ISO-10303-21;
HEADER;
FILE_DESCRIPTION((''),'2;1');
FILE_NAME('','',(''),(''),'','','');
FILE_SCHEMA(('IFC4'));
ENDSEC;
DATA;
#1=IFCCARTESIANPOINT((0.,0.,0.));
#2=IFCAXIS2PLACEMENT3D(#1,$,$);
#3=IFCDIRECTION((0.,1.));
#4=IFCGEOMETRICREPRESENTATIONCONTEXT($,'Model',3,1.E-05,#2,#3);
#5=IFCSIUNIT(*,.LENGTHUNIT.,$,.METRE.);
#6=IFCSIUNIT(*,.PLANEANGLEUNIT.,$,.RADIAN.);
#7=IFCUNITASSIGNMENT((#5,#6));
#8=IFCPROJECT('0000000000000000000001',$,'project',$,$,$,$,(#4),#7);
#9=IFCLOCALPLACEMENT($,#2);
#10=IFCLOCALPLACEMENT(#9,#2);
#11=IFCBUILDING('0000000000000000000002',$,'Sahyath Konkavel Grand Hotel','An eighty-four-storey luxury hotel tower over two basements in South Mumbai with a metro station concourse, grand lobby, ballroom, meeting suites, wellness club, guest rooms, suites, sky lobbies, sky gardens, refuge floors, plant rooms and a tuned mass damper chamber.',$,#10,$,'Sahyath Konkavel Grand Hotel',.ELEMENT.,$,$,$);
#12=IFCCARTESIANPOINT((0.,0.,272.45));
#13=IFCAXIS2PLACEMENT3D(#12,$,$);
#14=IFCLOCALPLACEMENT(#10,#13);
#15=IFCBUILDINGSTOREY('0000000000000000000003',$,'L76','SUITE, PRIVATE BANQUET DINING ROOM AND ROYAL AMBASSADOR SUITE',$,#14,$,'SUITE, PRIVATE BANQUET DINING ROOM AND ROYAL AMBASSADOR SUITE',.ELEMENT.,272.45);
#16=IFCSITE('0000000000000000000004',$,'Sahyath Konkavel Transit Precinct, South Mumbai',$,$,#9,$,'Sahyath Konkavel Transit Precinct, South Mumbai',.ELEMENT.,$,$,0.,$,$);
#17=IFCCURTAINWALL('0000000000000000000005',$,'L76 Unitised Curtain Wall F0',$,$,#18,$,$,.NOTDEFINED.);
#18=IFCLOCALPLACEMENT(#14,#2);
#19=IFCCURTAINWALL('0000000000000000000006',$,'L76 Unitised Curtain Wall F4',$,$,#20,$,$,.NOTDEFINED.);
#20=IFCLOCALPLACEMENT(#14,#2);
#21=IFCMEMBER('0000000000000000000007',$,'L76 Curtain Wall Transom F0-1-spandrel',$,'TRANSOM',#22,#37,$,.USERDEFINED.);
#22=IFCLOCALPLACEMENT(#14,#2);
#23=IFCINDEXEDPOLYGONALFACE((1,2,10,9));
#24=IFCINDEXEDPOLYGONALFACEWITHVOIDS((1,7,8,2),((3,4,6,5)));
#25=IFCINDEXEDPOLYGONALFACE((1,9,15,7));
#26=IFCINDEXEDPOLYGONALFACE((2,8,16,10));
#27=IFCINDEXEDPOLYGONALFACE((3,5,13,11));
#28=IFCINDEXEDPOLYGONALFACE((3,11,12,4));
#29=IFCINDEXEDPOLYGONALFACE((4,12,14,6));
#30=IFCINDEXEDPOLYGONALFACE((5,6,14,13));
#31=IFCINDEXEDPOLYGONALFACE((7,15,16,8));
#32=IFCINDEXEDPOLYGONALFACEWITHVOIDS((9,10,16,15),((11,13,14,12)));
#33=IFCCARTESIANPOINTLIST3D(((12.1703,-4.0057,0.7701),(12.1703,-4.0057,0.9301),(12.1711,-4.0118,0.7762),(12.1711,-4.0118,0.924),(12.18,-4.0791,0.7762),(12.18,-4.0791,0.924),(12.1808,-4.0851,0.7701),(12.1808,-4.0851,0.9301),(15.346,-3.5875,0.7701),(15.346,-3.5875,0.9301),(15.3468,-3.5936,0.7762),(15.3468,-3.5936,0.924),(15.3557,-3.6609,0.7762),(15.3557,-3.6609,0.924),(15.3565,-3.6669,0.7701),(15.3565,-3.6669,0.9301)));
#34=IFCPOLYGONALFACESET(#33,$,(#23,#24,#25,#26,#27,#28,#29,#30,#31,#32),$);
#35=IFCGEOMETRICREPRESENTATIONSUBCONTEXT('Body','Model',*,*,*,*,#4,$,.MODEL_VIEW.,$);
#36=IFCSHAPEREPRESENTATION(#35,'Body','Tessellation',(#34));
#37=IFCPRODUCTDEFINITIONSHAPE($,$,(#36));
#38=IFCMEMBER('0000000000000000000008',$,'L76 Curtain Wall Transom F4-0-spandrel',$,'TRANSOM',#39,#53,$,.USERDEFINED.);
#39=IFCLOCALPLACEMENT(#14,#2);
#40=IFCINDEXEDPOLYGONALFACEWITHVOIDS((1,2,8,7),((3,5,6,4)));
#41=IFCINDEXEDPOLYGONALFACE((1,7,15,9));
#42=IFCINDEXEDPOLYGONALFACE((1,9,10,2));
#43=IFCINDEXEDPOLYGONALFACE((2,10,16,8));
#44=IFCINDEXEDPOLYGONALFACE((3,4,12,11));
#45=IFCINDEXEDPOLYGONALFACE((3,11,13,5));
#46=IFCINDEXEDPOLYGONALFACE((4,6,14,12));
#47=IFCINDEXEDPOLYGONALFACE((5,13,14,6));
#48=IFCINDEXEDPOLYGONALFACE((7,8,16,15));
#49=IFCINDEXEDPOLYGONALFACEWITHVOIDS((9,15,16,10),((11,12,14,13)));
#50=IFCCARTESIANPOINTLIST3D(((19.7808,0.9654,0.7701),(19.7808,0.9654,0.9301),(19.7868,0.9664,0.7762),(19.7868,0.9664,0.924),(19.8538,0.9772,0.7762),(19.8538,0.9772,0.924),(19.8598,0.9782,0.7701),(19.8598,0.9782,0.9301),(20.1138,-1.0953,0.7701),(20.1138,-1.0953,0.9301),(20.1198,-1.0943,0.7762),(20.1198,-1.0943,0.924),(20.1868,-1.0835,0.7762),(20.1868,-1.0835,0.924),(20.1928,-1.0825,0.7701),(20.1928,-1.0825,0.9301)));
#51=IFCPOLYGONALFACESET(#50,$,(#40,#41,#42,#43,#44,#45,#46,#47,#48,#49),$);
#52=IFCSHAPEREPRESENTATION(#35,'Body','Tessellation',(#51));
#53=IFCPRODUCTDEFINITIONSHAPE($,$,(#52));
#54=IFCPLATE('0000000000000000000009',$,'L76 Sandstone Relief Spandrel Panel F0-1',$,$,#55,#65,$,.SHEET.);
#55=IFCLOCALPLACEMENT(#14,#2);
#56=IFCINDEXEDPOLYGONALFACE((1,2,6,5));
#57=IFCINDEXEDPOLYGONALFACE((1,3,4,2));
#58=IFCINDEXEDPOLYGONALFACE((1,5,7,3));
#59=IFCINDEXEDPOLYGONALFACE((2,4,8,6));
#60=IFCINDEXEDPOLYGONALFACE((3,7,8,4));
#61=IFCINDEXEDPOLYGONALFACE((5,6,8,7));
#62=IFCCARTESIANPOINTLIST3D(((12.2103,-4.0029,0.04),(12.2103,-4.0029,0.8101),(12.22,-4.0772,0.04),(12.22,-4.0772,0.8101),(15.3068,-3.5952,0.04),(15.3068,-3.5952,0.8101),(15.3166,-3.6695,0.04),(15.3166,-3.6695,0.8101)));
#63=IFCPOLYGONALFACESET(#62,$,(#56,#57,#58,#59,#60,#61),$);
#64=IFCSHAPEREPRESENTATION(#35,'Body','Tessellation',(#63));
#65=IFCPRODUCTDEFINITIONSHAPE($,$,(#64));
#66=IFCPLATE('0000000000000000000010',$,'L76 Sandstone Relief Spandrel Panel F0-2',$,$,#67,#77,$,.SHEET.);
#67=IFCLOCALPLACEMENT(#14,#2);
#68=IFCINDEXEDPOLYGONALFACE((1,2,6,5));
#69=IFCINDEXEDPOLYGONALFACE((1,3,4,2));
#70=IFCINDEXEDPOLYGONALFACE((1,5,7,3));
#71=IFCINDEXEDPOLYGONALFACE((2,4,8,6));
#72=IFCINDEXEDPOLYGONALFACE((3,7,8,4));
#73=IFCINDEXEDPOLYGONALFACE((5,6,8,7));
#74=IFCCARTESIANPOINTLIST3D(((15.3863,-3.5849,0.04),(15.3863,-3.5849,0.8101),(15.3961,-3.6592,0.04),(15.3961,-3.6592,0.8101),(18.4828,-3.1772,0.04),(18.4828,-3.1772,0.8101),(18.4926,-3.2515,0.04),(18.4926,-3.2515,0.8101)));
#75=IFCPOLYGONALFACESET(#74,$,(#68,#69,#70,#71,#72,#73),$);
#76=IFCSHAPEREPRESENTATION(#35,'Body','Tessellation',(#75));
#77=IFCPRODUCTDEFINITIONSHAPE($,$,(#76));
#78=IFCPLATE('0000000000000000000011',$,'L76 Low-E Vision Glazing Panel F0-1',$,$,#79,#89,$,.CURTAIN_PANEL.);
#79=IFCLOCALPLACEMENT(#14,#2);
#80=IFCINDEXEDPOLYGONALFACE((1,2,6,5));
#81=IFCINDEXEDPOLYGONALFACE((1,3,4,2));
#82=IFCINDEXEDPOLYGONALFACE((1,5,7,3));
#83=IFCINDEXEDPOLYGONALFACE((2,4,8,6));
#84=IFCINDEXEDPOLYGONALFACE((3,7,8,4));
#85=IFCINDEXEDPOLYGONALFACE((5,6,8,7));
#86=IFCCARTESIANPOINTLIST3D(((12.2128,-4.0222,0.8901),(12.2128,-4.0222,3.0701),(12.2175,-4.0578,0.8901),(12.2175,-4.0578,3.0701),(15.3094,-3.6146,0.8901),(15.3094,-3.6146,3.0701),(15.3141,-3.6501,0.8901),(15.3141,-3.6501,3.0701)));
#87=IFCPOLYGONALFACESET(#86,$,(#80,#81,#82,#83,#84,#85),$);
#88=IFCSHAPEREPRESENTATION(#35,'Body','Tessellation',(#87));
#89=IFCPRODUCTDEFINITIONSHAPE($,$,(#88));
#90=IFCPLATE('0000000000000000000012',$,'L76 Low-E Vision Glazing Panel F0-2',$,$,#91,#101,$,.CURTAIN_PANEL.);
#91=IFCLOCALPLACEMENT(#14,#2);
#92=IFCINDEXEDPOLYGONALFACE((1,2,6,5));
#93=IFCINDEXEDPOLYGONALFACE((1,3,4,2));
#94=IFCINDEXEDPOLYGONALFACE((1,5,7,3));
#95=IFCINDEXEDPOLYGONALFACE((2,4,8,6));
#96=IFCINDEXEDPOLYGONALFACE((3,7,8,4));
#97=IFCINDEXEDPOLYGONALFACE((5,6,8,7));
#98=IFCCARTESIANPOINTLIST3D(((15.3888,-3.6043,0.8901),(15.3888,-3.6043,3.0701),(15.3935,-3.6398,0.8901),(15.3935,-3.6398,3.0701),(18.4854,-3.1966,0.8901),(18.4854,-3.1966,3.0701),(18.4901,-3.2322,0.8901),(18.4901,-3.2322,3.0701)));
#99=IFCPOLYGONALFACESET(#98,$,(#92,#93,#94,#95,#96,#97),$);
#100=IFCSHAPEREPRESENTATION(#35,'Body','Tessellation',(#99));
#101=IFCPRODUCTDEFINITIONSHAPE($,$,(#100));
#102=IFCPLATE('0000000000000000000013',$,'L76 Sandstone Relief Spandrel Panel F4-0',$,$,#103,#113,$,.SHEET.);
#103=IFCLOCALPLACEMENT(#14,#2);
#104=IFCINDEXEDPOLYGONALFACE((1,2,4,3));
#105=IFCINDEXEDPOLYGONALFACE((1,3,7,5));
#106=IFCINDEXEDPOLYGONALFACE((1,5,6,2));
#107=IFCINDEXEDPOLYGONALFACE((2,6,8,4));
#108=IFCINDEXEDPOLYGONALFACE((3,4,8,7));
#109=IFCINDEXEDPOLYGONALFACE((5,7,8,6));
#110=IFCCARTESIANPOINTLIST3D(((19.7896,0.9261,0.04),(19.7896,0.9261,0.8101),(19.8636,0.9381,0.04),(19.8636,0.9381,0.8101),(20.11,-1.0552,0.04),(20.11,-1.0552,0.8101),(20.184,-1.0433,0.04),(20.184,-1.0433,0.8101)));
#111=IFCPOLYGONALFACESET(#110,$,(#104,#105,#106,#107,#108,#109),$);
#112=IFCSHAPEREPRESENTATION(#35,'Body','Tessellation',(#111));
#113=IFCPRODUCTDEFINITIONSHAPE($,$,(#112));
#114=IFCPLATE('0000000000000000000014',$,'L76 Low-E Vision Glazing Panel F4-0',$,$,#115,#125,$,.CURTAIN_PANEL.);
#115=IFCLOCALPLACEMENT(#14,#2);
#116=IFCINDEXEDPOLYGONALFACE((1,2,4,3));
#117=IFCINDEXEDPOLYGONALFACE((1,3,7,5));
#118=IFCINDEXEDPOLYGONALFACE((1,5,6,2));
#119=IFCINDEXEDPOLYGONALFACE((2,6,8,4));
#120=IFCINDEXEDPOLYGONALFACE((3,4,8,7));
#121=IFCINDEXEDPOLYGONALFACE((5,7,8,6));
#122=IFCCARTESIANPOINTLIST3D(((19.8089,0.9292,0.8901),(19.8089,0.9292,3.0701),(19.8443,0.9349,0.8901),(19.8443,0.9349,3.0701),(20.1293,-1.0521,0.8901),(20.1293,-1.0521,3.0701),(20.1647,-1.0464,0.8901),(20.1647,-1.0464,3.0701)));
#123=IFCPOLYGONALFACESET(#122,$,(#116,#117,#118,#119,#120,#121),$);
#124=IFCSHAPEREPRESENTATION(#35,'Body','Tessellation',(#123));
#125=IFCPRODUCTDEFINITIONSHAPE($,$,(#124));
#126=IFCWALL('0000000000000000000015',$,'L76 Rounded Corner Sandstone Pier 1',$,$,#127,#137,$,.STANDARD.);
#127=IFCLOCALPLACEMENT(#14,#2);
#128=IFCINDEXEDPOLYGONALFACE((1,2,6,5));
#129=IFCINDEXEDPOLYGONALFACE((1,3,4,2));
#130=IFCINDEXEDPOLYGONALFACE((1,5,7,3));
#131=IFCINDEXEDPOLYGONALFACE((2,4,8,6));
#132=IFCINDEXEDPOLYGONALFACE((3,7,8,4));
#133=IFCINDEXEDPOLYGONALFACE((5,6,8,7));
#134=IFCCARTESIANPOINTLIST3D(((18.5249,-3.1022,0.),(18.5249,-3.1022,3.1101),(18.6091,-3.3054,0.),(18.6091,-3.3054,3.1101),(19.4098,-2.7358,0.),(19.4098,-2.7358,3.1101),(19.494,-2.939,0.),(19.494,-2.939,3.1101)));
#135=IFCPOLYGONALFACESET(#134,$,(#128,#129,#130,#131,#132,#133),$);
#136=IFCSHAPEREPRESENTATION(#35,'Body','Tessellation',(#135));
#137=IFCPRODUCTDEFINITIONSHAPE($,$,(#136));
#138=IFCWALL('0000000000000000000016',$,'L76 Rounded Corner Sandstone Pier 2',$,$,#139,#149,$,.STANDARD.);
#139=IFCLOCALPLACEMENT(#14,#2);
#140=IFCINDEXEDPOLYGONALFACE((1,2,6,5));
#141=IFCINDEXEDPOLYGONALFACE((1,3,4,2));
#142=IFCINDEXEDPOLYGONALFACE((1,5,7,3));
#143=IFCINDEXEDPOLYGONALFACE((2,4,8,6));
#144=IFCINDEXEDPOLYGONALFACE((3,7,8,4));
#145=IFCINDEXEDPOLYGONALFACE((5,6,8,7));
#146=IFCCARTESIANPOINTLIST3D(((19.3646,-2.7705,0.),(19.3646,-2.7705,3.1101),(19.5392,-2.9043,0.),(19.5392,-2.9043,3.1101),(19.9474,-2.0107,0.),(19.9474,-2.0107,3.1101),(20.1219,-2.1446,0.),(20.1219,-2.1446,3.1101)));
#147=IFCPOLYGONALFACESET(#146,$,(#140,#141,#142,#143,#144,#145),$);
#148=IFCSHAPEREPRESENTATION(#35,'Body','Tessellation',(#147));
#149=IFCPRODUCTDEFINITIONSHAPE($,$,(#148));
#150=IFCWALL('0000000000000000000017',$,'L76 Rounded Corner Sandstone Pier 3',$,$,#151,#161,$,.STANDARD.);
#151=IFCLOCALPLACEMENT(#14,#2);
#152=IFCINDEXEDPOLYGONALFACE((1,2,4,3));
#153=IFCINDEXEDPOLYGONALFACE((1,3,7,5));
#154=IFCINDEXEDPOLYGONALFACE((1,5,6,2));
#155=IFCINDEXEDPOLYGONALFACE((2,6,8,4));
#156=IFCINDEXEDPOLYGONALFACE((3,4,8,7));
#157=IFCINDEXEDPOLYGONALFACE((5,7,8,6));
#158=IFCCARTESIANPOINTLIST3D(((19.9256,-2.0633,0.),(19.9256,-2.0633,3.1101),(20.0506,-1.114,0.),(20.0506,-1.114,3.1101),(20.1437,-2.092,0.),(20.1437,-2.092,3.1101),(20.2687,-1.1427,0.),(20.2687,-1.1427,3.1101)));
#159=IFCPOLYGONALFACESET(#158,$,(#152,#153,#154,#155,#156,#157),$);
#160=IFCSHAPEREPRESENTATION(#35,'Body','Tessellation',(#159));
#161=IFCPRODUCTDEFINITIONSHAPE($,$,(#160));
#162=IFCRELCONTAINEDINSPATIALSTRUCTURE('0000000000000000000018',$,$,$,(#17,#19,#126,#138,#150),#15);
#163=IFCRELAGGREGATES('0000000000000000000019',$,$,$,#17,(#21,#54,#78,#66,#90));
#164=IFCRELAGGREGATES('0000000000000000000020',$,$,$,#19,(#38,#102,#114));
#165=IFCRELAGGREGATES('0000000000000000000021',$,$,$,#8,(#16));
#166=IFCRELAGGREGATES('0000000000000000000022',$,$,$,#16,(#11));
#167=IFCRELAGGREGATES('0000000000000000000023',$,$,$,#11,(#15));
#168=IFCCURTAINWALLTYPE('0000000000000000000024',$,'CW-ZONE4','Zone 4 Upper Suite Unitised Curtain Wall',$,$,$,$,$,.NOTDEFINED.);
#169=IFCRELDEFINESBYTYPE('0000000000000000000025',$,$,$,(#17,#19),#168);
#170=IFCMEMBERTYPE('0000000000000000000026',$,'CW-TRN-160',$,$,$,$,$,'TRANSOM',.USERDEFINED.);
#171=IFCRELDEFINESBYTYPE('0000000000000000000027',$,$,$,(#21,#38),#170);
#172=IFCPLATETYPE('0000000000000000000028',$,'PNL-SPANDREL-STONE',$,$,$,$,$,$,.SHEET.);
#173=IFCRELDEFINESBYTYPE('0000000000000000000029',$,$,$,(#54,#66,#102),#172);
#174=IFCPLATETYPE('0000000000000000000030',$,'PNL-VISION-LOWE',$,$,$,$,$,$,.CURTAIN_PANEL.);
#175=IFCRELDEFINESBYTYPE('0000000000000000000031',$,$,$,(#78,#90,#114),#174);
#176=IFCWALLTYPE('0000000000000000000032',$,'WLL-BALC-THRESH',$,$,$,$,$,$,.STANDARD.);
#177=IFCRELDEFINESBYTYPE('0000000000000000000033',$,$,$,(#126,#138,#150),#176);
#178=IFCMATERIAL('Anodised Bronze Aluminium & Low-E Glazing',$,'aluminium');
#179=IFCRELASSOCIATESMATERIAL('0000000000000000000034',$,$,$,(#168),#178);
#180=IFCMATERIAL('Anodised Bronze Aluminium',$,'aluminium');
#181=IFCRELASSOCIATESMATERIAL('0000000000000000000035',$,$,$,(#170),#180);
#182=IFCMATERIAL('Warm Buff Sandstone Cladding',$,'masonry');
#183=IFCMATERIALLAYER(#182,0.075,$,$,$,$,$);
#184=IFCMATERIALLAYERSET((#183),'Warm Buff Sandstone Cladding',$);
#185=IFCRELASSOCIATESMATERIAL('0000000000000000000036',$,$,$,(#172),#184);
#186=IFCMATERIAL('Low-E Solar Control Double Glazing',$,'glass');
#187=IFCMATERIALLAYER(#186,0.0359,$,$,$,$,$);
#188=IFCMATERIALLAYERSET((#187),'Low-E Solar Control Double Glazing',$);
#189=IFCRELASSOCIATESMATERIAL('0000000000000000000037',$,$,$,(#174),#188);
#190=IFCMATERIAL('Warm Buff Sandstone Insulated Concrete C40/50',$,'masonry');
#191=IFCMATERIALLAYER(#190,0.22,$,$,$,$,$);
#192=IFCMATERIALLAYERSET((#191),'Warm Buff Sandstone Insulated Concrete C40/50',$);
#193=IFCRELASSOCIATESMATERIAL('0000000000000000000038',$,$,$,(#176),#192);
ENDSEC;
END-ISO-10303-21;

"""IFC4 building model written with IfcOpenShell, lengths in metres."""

from ifc_helpers import new_model, si_unit, direction, frame, frame_2d, origin, origin_2d, place, context, subcontext, project, spatial, rectangle, hollow_rectangle, extrude, source, transform, mapped, material, layer, layer_set, material_profile, profile_set, type_object, element, aggregate, save


model = new_model("IFC4")

# Units and contexts
model_context = context("Model", 3, precision=1e-05, world=origin(), true_north=direction((0.0, 1.0)))
body_context = subcontext(model_context, "Body", "Model", "MODEL_VIEW")
ifc_project = project(units=[si_unit("LENGTHUNIT", "METRE"), si_unit("PLANEANGLEUNIT", "RADIAN")], contexts=[model_context])

# Site, building, storey
site_placement = place(None, origin())
site = spatial("IfcSite", under=ifc_project, at=site_placement, Name="Sahyath Konkavel Transit Precinct, South Mumbai", LongName="Sahyath Konkavel Transit Precinct, South Mumbai", CompositionType="ELEMENT", RefElevation=0.0)
building_placement = place(site_placement, origin())
building = spatial("IfcBuilding", under=site, at=building_placement, Name="Sahyath Konkavel Grand Hotel", Description="An eighty-four-storey luxury hotel tower over two basements in South Mumbai with a metro station concourse, grand lobby, ballroom, meeting suites, wellness club, guest rooms, suites, sky lobbies, sky gardens, refuge floors, plant rooms and a tuned mass damper chamber.", LongName="Sahyath Konkavel Grand Hotel", CompositionType="ELEMENT")
storey_placement = place(building_placement, frame((0.0, 0.0, 272.45)))
storey = spatial("IfcBuildingStorey", under=building, at=storey_placement, Name="L76", Description="SUITE, PRIVATE BANQUET DINING ROOM AND ROYAL AMBASSADOR SUITE", LongName="SUITE, PRIVATE BANQUET DINING ROOM AND ROYAL AMBASSADOR SUITE", CompositionType="ELEMENT", Elevation=272.45)

# Curtain wall
ifc_material_1 = material(Name="Anodised Bronze Aluminium & Low-E Glazing", Category="aluminium")
curtain_wall_type = type_object("IfcCurtainWallType", Name="CW-ZONE4", Description="Zone 4 Upper Suite Unitised Curtain Wall", PredefinedType="NOTDEFINED", material=ifc_material_1)
curtain_wall_1_placement = place(storey_placement, origin())
curtain_wall_1 = element("IfcCurtainWall", 1, at=curtain_wall_1_placement, inside=storey, type_object=curtain_wall_type, Name="L76 Unitised Curtain Wall F0", PredefinedType="NOTDEFINED")
ifc_material_2 = material(Name="Anodised Bronze Aluminium", Category="aluminium")

# Curtain wall
curtain_wall_2_placement = place(storey_placement, origin())
curtain_wall_2 = element("IfcCurtainWall", 2, at=curtain_wall_2_placement, inside=storey, type_object=curtain_wall_type, Name="L76 Unitised Curtain Wall F4", PredefinedType="NOTDEFINED")

# Members
ifc_material_profile_1 = material_profile(ifc_material_2, hollow_rectangle(XDim=0.0801, YDim=0.1599, WallThickness=0.0061, at=origin_2d()), Name="RHS 160x80x6")
ifc_profile_set_1 = profile_set([ifc_material_profile_1], Name="Anodised Bronze Aluminium")
member_type_1 = type_object("IfcMemberType", Name="CW-TRN-160", ElementType="TRANSOM", PredefinedType="USERDEFINED", material=ifc_profile_set_1)
shared_shape_1 = source(origin(), body_context, "Body", "SweptSolid", [
    extrude(hollow_rectangle(XDim=0.0801, YDim=0.1599, WallThickness=0.0061, at=origin_2d()), origin(), (0.0, 0.0, 1.0), 3.2031),
])
member_1_placement = place(storey_placement, frame((12.1755, -4.0454, 0.8501), z_axis=(0.99144, 0.130561, 0.0), x_axis=(-0.130561, 0.99144, 0.0)))
member_1 = element("IfcMember", 3, at=member_1_placement, type_object=member_type_1, Name="L76 Curtain Wall Transom F0-1-spandrel", ObjectType="TRANSOM", PredefinedType="USERDEFINED", context=body_context, shape_type="MappedRepresentation", body=[
    mapped(shared_shape_1, transform((0.0, 0.0, 0.0), scale=1.0)),
])
shared_shape_2 = source(origin(), body_context, "Body", "SweptSolid", [
    extrude(hollow_rectangle(XDim=0.0801, YDim=0.1599, WallThickness=0.0061, at=origin_2d()), origin(), (0.0, 0.0, 1.0), 2.0874),
])
member_2_placement = place(storey_placement, frame((20.1533, -1.0889, 0.8501), z_axis=(-0.159541, 0.987191, 0.0), x_axis=(-0.987191, -0.159541, 0.0)))
member_2 = element("IfcMember", 4, at=member_2_placement, type_object=member_type_1, Name="L76 Curtain Wall Transom F4-0-spandrel", ObjectType="TRANSOM", PredefinedType="USERDEFINED", context=body_context, shape_type="MappedRepresentation", body=[
    mapped(shared_shape_2, transform((0.0, 0.0, 0.0), scale=1.0)),
])

# Plates
ifc_material_3 = material(Name="Warm Buff Sandstone Cladding", Category="masonry")
ifc_layer_1 = layer(ifc_material_3, 0.075)
ifc_layer_set_1 = layer_set([ifc_layer_1], Name="Warm Buff Sandstone Cladding")
plate_type_1 = type_object("IfcPlateType", Name="PNL-SPANDREL-STONE", PredefinedType="SHEET", material=ifc_layer_set_1)
shared_shape_3 = source(origin(), body_context, "Body", "SweptSolid", [
    extrude(rectangle(XDim=3.1233, YDim=0.075, at=origin_2d()), origin(), (0.0, 0.0, 1.0), 0.77),
])
plate_1_placement = place(storey_placement, frame((13.7634, -3.8362, 0.04), z_axis=(0.0, 0.0, 1.0), x_axis=(0.991445, 0.130526, 0.0)))
plate_1 = element("IfcPlate", 5, at=plate_1_placement, type_object=plate_type_1, Name="L76 Sandstone Relief Spandrel Panel F0-1", PredefinedType="SHEET", context=body_context, shape_type="MappedRepresentation", body=[
    mapped(shared_shape_3, transform((0.0, 0.0, 0.0), scale=1.0)),
])
plate_2_placement = place(storey_placement, frame((16.9395, -3.4182, 0.04), z_axis=(0.0, 0.0, 1.0), x_axis=(0.991445, 0.130526, 0.0)))
plate_2 = element("IfcPlate", 6, at=plate_2_placement, type_object=plate_type_1, Name="L76 Sandstone Relief Spandrel Panel F0-2", PredefinedType="SHEET", context=body_context, shape_type="MappedRepresentation", body=[
    mapped(shared_shape_3, transform((0.0, 0.0, 0.0), scale=1.0)),
])
ifc_material_4 = material(Name="Low-E Solar Control Double Glazing", Category="glass")
ifc_layer_2 = layer(ifc_material_4, 0.0359)
ifc_layer_set_2 = layer_set([ifc_layer_2], Name="Low-E Solar Control Double Glazing")
plate_type_2 = type_object("IfcPlateType", Name="PNL-VISION-LOWE", PredefinedType="CURTAIN_PANEL", material=ifc_layer_set_2)
shared_shape_4 = source(origin(), body_context, "Body", "SweptSolid", [
    extrude(rectangle(XDim=3.1233, YDim=0.0359, at=origin_2d()), origin(), (0.0, 0.0, 1.0), 2.1799),
])
plate_3_placement = place(storey_placement, frame((13.7634, -3.8362, 0.8901), z_axis=(0.0, 0.0, 1.0), x_axis=(0.991445, 0.130526, 0.0)))
plate_3 = element("IfcPlate", 7, at=plate_3_placement, type_object=plate_type_2, Name="L76 Low-E Vision Glazing Panel F0-1", PredefinedType="CURTAIN_PANEL", context=body_context, shape_type="MappedRepresentation", body=[
    mapped(shared_shape_4, transform((0.0, 0.0, 0.0), scale=1.0)),
])
plate_4_placement = place(storey_placement, frame((16.9395, -3.4182, 0.8901), z_axis=(0.0, 0.0, 1.0), x_axis=(0.991445, 0.130526, 0.0)))
plate_4 = element("IfcPlate", 8, at=plate_4_placement, type_object=plate_type_2, Name="L76 Low-E Vision Glazing Panel F0-2", PredefinedType="CURTAIN_PANEL", context=body_context, shape_type="MappedRepresentation", body=[
    mapped(shared_shape_4, transform((0.0, 0.0, 0.0), scale=1.0)),
])
aggregate(curtain_wall_1, [member_1, plate_1, plate_3, plate_2, plate_4])
shared_shape_5 = source(origin(), body_context, "Body", "SweptSolid", [
    extrude(rectangle(XDim=2.0071, YDim=0.075, at=origin_2d()), origin(), (0.0, 0.0, 1.0), 0.77),
])
plate_5_placement = place(storey_placement, frame((19.9868, -0.0586, 0.04), z_axis=(0.0, 0.0, 1.0), x_axis=(-0.159623, 0.987178, 0.0)))
plate_5 = element("IfcPlate", 9, at=plate_5_placement, type_object=plate_type_1, Name="L76 Sandstone Relief Spandrel Panel F4-0", PredefinedType="SHEET", context=body_context, shape_type="MappedRepresentation", body=[
    mapped(shared_shape_5, transform((0.0, 0.0, 0.0), scale=1.0)),
])
shared_shape_6 = source(origin(), body_context, "Body", "SweptSolid", [
    extrude(rectangle(XDim=2.0071, YDim=0.0359, at=origin_2d()), origin(), (0.0, 0.0, 1.0), 2.1799),
])
plate_6_placement = place(storey_placement, frame((19.9868, -0.0586, 0.8901), z_axis=(0.0, 0.0, 1.0), x_axis=(-0.159623, 0.987178, 0.0)))
plate_6 = element("IfcPlate", 10, at=plate_6_placement, type_object=plate_type_2, Name="L76 Low-E Vision Glazing Panel F4-0", PredefinedType="CURTAIN_PANEL", context=body_context, shape_type="MappedRepresentation", body=[
    mapped(shared_shape_6, transform((0.0, 0.0, 0.0), scale=1.0)),
])
aggregate(curtain_wall_2, [member_2, plate_5, plate_6])

# Walls
ifc_material_5 = material(Name="Warm Buff Sandstone Insulated Concrete C40/50", Category="masonry")
ifc_layer_3 = layer(ifc_material_5, 0.22)
ifc_layer_set_3 = layer_set([ifc_layer_3], Name="Warm Buff Sandstone Insulated Concrete C40/50")
wall_type_1 = type_object("IfcWallType", Name="WLL-BALC-THRESH", PredefinedType="STANDARD", material=ifc_layer_set_3)
wall_1_placement = place(storey_placement, frame((18.5669, -3.2039, 0.0), z_axis=(0.0, 0.0, 1.0), x_axis=(0.923927, 0.382569, 0.0)))
element("IfcWall", 11, at=wall_1_placement, inside=storey, type_object=wall_type_1, Name="L76 Rounded Corner Sandstone Pier 1", PredefinedType="STANDARD", context=body_context, shape_type="SweptSolid", body=[
    extrude(rectangle(XDim=0.9578, YDim=0.22, at=frame_2d((0.479, 0.0))), origin(), (0.0, 0.0, 1.0), 3.1101),
])
for number, where, z_axis, x_axis, name in (
    (12, (19.4519, -2.8374, 0.0), (0.0, 0.0, 1.0), (0.608614, 0.793467, 0.0), "L76 Rounded Corner Sandstone Pier 2"),
    (13, (20.0347, -2.0776, 0.0), (0.0, 0.0, 1.0), (0.13056, 0.99144, 0.0), "L76 Rounded Corner Sandstone Pier 3"),
):
    element("IfcWall", number, at=place(storey_placement, frame(where, z_axis=z_axis, x_axis=x_axis)), inside=storey, type_object=wall_type_1, Name=name, PredefinedType="STANDARD", context=body_context, shape_type="SweptSolid", body=[
        extrude(rectangle(XDim=0.9575, YDim=0.22, at=frame_2d((0.4788, 0.0))), origin(), (0.0, 0.0, 1.0), 3.1101),
    ])

save(model, "model.ifc")
